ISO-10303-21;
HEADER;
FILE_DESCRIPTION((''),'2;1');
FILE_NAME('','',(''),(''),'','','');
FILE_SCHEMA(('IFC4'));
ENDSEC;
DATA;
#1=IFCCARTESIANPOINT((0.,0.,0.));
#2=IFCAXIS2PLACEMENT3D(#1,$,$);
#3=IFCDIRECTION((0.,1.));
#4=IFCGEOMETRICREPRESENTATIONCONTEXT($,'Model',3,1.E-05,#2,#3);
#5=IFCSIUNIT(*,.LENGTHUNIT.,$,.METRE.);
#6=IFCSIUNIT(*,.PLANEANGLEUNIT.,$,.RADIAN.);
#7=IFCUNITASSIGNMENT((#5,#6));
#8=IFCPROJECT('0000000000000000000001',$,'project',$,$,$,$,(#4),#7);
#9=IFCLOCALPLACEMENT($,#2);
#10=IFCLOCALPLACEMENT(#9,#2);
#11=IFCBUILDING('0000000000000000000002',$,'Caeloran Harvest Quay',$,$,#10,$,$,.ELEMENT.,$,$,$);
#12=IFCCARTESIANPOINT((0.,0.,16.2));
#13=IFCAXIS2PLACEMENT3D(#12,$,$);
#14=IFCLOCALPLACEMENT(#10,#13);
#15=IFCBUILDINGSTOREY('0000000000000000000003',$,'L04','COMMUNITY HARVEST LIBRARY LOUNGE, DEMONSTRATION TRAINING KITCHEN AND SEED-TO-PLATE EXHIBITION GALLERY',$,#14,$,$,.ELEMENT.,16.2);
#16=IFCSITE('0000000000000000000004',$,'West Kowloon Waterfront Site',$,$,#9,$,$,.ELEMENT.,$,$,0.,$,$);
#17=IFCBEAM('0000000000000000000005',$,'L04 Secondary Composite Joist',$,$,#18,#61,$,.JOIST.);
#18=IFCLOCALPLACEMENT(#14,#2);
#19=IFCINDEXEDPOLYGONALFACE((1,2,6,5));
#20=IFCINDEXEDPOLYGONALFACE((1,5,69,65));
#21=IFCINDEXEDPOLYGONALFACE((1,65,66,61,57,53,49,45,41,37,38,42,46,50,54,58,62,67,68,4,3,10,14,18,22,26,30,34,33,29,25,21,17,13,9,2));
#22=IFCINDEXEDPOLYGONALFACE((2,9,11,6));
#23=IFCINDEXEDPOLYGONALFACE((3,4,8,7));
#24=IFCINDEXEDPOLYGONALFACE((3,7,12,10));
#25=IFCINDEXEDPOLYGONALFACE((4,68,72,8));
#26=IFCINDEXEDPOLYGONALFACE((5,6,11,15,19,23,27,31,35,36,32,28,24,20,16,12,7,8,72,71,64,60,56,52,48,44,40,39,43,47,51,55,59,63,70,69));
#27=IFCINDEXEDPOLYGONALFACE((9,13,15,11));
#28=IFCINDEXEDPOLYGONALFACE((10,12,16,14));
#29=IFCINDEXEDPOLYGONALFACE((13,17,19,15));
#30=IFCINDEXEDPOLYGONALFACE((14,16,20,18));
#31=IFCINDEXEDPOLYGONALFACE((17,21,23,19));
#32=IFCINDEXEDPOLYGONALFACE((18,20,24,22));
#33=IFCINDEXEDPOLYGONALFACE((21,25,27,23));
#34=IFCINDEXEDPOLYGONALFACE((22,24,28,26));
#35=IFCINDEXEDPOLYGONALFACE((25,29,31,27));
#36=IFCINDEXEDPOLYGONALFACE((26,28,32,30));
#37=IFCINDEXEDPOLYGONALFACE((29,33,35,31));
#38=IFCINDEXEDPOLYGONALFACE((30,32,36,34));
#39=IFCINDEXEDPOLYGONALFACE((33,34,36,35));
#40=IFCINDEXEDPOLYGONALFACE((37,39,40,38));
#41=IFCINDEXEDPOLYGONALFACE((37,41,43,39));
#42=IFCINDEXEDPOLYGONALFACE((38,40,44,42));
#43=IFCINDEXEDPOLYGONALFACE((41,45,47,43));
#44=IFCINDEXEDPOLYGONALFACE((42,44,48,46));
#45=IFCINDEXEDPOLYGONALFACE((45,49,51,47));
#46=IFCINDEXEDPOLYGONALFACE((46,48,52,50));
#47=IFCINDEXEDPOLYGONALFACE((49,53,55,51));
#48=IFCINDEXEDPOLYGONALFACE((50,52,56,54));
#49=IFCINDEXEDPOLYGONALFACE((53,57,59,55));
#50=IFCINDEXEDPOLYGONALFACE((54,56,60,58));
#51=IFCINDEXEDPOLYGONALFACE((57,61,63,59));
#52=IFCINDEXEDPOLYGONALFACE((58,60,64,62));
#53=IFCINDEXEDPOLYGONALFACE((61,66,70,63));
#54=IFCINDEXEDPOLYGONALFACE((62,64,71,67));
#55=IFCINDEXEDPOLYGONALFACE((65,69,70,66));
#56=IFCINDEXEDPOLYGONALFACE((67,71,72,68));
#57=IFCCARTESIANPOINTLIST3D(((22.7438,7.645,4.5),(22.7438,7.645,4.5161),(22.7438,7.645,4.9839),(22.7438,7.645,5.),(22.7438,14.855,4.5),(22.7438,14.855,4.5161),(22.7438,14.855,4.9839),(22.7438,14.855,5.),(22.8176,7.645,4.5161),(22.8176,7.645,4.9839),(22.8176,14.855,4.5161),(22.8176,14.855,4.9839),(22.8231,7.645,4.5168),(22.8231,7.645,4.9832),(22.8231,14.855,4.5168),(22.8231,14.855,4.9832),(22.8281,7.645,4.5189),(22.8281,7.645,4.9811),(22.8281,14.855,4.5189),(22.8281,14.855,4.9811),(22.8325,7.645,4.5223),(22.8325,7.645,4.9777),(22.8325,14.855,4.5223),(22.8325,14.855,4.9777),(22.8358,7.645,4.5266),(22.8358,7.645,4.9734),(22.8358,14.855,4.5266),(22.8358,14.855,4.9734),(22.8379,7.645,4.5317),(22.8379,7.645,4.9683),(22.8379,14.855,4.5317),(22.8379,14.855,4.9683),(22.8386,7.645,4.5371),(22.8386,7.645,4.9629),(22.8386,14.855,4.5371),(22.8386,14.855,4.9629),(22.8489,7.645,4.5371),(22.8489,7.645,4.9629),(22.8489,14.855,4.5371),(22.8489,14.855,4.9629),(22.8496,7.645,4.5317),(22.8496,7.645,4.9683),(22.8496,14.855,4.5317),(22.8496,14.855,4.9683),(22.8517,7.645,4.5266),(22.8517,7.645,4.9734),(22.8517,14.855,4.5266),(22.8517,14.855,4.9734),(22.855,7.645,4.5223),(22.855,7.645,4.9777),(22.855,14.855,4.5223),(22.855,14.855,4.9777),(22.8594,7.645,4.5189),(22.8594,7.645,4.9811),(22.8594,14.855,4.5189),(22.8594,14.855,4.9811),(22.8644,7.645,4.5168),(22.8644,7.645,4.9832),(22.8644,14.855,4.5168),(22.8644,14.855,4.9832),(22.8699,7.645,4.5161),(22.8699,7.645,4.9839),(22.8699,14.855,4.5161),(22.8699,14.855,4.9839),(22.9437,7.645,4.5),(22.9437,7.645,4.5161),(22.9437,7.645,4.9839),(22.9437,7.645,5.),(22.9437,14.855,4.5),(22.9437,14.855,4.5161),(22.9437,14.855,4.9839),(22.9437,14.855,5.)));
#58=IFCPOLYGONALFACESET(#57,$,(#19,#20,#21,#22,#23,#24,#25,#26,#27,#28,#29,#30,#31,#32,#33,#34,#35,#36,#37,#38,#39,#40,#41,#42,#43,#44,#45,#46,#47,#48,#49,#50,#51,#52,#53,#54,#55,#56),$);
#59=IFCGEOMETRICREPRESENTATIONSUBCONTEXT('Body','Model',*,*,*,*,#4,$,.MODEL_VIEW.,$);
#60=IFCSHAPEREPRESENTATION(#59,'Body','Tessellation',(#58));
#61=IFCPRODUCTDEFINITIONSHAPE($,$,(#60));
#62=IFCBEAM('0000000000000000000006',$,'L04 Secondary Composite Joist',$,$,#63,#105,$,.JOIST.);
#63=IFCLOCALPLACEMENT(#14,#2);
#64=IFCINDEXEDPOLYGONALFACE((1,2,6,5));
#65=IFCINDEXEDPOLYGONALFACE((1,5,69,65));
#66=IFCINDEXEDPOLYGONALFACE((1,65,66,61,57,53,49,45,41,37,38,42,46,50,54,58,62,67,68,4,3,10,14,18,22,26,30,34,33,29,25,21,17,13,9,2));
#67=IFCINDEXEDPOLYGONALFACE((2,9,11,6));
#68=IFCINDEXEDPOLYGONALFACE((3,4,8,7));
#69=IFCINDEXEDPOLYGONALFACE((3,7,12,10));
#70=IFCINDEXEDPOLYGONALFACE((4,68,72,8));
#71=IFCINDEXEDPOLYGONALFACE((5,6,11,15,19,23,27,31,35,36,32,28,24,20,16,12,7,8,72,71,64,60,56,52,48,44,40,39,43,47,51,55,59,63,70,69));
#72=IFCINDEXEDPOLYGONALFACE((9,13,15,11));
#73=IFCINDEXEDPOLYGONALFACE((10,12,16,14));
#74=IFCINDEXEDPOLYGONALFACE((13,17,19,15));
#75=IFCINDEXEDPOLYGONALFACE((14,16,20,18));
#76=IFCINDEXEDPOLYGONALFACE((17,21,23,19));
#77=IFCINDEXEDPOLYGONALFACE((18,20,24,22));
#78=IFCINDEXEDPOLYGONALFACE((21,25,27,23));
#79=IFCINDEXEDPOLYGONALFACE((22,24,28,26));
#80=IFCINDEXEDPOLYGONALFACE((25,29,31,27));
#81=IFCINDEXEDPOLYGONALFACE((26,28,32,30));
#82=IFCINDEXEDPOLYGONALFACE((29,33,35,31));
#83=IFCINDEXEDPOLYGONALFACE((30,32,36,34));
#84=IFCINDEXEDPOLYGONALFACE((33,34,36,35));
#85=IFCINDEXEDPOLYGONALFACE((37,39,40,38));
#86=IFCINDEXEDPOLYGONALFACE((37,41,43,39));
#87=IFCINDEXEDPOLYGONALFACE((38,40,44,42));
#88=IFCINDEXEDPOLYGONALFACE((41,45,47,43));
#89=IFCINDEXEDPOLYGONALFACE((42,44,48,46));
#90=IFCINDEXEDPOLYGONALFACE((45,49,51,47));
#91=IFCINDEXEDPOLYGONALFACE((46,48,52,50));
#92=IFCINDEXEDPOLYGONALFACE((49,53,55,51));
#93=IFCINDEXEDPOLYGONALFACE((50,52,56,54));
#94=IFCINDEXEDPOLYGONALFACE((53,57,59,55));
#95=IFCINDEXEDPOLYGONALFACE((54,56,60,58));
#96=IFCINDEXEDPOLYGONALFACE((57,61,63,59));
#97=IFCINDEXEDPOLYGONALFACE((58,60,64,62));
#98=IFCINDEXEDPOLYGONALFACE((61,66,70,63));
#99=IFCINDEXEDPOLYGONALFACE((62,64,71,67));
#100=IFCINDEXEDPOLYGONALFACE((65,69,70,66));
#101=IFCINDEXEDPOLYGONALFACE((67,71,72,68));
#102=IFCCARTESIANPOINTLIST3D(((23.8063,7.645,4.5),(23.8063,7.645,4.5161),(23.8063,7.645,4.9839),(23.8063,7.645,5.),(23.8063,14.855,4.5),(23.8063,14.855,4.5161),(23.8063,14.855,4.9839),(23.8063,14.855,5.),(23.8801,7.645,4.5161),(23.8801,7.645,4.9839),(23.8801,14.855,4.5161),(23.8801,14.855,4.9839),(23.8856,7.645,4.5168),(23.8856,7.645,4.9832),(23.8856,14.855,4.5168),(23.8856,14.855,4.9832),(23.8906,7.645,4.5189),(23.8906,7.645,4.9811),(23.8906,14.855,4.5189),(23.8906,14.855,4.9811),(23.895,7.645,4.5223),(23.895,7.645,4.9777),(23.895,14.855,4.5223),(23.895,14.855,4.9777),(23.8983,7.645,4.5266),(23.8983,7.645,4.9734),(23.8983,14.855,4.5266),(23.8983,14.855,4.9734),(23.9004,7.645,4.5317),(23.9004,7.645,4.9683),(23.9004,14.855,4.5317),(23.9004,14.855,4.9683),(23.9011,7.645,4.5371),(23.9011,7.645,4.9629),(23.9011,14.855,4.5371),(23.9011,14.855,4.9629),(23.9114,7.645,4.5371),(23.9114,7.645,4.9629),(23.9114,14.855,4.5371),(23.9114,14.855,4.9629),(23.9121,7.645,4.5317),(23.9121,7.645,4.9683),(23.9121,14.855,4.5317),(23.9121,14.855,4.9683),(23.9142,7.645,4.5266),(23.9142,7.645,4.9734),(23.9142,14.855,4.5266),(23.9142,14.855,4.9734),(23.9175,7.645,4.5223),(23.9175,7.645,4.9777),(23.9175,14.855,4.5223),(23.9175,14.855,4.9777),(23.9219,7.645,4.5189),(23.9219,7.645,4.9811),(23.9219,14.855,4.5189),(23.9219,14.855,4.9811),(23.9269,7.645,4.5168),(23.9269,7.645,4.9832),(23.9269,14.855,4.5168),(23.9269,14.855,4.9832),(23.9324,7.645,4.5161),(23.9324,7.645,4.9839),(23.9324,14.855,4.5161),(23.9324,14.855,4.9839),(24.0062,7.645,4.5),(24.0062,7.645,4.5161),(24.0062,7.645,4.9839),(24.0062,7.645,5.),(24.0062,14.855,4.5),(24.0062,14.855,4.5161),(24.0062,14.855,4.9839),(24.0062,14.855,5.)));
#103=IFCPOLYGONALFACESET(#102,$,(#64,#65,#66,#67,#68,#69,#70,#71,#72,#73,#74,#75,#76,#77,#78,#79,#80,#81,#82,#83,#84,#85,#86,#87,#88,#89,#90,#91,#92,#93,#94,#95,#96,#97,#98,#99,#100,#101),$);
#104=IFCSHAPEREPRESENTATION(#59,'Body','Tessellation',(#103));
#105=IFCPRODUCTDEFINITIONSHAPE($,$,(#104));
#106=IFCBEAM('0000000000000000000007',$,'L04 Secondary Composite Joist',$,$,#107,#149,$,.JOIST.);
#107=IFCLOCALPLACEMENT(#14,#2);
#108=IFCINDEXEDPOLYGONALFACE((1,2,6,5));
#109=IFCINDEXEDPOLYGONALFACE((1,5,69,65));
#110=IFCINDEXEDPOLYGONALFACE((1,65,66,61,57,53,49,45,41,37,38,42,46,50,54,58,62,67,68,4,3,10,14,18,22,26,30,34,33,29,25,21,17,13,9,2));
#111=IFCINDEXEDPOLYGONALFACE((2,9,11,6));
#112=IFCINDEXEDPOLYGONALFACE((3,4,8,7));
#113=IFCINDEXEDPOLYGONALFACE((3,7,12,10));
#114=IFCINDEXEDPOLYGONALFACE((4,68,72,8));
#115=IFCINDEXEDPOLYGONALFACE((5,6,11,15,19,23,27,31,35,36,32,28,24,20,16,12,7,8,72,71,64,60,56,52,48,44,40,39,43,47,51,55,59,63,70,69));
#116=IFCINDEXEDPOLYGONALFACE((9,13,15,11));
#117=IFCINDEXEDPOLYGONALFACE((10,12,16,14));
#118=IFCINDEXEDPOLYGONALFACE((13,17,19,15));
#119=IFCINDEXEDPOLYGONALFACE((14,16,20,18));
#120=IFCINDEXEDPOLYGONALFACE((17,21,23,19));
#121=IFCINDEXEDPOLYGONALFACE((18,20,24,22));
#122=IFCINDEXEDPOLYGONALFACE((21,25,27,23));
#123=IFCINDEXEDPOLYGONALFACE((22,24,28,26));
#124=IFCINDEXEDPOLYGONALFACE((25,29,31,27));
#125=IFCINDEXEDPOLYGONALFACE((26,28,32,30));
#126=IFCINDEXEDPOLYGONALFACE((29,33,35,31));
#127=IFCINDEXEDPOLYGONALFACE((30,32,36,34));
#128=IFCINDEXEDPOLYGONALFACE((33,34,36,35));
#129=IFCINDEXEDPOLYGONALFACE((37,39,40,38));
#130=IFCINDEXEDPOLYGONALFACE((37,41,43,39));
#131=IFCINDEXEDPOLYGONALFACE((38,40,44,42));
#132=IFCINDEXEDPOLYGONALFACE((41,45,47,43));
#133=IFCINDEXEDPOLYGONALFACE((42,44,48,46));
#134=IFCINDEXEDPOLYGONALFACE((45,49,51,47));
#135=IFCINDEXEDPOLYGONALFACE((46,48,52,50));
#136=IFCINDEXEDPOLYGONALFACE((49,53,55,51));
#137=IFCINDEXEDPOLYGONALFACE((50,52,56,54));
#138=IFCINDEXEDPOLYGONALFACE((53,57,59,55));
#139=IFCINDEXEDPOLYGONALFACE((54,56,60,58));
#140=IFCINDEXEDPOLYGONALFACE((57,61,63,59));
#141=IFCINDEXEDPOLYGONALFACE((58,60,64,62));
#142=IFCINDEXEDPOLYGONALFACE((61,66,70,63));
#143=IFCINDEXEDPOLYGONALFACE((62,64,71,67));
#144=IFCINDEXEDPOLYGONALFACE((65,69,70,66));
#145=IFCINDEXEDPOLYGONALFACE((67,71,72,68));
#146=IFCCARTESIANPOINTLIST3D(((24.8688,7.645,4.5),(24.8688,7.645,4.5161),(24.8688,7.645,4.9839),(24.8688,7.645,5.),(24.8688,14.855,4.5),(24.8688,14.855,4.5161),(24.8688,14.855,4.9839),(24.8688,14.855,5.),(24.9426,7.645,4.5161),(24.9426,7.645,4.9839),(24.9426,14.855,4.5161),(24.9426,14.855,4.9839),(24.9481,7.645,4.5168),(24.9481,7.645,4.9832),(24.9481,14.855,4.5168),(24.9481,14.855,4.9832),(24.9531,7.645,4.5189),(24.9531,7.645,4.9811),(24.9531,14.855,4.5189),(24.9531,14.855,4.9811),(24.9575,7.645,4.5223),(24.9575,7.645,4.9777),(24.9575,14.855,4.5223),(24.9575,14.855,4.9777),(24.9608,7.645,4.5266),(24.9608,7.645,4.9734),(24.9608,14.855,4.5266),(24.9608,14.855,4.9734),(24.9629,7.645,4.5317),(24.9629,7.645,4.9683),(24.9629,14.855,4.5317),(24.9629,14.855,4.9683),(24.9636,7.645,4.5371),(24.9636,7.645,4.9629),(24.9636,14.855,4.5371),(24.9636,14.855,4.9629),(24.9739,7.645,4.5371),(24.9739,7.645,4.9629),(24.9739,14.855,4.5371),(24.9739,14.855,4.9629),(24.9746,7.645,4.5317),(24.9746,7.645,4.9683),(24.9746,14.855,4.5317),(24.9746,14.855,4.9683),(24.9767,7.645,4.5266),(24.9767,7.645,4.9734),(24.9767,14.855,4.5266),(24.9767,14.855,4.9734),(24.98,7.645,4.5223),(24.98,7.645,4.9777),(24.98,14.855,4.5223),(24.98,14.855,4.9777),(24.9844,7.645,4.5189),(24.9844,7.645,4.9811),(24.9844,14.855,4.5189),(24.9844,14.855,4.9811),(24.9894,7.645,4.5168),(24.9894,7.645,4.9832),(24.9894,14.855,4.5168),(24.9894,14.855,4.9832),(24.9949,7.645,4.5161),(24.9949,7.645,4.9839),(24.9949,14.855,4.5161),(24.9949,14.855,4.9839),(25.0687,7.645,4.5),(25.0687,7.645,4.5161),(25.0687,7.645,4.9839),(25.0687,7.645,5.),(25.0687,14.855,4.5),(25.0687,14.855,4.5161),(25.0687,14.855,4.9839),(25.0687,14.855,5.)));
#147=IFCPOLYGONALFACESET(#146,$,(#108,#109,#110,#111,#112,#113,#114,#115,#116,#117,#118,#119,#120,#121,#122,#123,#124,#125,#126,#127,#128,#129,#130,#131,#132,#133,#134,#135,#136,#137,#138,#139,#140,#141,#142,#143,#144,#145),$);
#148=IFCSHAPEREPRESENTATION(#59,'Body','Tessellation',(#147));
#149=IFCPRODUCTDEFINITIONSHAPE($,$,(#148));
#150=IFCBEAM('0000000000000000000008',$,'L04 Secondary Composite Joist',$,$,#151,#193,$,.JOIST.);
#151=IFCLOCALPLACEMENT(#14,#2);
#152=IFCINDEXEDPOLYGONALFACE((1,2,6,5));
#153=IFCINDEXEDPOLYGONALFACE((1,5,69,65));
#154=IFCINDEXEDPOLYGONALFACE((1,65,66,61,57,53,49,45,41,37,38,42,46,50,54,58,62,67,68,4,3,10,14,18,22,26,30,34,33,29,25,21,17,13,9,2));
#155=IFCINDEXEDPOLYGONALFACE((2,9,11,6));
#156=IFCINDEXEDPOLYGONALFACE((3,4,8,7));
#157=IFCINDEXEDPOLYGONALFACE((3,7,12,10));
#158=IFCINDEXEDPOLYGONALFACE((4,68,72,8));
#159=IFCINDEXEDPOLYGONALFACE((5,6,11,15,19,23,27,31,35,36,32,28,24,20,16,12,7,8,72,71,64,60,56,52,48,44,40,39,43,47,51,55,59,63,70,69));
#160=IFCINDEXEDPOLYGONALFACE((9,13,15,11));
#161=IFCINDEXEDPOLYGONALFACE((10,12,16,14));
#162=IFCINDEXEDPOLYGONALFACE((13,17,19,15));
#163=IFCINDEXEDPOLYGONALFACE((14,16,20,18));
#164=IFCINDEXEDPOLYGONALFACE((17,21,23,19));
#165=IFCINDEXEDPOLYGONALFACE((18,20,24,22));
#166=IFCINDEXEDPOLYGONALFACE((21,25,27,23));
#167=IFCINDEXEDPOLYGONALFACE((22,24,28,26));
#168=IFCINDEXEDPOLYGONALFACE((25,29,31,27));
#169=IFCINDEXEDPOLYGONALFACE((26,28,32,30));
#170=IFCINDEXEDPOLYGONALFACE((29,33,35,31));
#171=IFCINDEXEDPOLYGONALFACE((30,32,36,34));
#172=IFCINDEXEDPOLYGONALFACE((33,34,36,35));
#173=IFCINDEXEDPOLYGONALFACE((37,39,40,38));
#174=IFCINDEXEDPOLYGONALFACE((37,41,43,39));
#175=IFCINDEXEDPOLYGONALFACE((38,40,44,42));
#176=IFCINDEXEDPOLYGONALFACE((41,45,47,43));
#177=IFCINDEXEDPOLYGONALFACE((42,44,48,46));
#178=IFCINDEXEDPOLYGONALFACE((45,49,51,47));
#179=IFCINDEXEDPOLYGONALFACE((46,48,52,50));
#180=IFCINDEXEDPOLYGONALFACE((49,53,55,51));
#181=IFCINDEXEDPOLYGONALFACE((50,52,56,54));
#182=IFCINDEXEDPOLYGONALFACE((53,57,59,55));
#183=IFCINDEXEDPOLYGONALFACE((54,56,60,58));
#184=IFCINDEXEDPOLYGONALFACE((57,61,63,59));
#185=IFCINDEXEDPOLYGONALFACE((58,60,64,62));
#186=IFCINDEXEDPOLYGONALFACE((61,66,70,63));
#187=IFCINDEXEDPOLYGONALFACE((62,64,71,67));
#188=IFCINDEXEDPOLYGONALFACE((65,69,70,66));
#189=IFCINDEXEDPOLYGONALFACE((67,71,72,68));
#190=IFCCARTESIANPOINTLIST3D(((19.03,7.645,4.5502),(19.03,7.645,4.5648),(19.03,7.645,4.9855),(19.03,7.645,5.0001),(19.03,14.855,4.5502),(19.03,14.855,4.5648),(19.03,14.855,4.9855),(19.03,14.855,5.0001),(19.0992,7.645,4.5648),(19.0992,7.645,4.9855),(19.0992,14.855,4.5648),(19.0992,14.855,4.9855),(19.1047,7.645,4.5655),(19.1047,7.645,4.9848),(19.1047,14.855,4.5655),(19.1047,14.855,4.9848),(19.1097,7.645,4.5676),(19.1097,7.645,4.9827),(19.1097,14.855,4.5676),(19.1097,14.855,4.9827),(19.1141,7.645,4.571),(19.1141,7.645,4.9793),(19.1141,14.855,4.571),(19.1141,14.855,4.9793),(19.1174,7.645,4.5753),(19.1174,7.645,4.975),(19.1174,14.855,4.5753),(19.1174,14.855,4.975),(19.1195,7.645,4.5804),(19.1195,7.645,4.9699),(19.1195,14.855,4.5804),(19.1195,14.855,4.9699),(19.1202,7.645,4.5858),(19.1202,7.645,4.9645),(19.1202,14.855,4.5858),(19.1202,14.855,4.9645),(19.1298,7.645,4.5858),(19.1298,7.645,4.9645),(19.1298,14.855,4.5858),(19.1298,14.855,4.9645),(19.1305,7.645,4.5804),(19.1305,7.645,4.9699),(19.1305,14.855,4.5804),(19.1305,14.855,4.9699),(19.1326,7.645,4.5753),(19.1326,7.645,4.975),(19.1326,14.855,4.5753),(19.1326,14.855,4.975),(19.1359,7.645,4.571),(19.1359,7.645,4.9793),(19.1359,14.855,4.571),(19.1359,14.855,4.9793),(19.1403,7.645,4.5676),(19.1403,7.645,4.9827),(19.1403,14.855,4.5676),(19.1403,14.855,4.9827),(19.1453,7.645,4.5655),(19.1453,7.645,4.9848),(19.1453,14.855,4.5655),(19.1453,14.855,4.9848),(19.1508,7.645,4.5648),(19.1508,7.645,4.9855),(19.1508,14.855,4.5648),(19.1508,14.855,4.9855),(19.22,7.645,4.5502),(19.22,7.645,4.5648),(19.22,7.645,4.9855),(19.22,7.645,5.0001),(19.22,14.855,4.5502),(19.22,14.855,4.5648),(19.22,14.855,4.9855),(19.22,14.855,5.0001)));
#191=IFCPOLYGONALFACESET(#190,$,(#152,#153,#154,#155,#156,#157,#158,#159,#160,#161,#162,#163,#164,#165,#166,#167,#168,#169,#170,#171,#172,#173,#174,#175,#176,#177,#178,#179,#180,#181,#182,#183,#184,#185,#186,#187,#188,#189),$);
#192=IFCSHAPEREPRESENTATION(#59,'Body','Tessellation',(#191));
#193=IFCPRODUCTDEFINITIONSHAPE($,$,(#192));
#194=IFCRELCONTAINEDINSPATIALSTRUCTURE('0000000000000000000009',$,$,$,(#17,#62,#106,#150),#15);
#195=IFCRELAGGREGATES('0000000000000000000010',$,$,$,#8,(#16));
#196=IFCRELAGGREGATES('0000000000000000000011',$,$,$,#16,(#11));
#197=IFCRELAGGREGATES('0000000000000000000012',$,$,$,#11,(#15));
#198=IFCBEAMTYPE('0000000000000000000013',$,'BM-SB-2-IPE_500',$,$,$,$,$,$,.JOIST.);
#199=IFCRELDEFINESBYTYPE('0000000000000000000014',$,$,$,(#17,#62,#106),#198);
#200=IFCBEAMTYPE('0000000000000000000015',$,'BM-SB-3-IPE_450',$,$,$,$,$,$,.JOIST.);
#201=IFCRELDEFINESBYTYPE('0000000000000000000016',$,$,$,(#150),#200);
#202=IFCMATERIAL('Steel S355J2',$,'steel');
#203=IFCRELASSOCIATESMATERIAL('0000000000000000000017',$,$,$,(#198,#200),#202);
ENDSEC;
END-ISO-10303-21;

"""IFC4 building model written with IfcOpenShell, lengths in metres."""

from ifc_helpers import new_model, si_unit, direction, frame, origin, origin_2d, place, context, subcontext, project, spatial, i_section, extrude, material, material_profile, profile_set, type_object, element, save


model = new_model("IFC4")

# Units and contexts
model_context = context("Model", 3, precision=1e-05, world=origin(), true_north=direction((0.0, 1.0)))
body_context = subcontext(model_context, "Body", "Model", "MODEL_VIEW")
ifc_project = project(units=[si_unit("LENGTHUNIT", "METRE"), si_unit("PLANEANGLEUNIT", "RADIAN")], contexts=[model_context])

# Site, building, storey
site_placement = place(None, origin())
site = spatial("IfcSite", under=ifc_project, at=site_placement, Name="West Kowloon Waterfront Site", CompositionType="ELEMENT", RefElevation=0.0)
building_placement = place(site_placement, origin())
building = spatial("IfcBuilding", under=site, at=building_placement, Name="Caeloran Harvest Quay", CompositionType="ELEMENT")
storey_placement = place(building_placement, frame((0.0, 0.0, 16.2)))
storey = spatial("IfcBuildingStorey", under=building, at=storey_placement, Name="L04", Description="COMMUNITY HARVEST LIBRARY LOUNGE, DEMONSTRATION TRAINING KITCHEN AND SEED-TO-PLATE EXHIBITION GALLERY", CompositionType="ELEMENT", Elevation=16.2)

# Beams
ifc_material_1 = material(Name="Steel S355J2", Category="steel")
ifc_material_profile_1 = material_profile(ifc_material_1, i_section(OverallWidth=0.2, OverallDepth=0.5, WebThickness=0.0103, FlangeThickness=0.0161, FilletRadius=0.021, at=origin_2d()), Name="IPE 500")
ifc_profile_set_1 = profile_set([ifc_material_profile_1], Name="Steel S355J2")
beam_type_1 = type_object("IfcBeamType", Name="BM-SB-2-IPE_500", PredefinedType="JOIST", material=ifc_profile_set_1)
for number, where, z_axis, x_axis, name in (
    (1, (22.8438, 7.645, 4.75), (0.0, 1.0, 0.0), (-1.0, 0.0, 0.0), "L04 Secondary Composite Joist"),
    (2, (23.9062, 7.645, 4.75), (0.0, 1.0, 0.0), (-1.0, 0.0, 0.0), "L04 Secondary Composite Joist"),
    (3, (24.9688, 7.645, 4.75), (0.0, 1.0, 0.0), (-1.0, 0.0, 0.0), "L04 Secondary Composite Joist"),
):
    element("IfcBeam", number, at=place(storey_placement, frame(where, z_axis=z_axis, x_axis=x_axis)), inside=storey, type_object=beam_type_1, Name=name, PredefinedType="JOIST", context=body_context, shape_type="SweptSolid", body=[
        extrude(i_section(OverallWidth=0.2, OverallDepth=0.5, WebThickness=0.0103, FlangeThickness=0.0161, FilletRadius=0.021, at=origin_2d()), origin(), (0.0, 0.0, 1.0), 7.21),
    ])
ifc_material_profile_2 = material_profile(ifc_material_1, i_section(OverallWidth=0.1899, OverallDepth=0.45, WebThickness=0.0095, FlangeThickness=0.0146, FilletRadius=0.021, at=origin_2d()), Name="IPE 450")
ifc_profile_set_2 = profile_set([ifc_material_profile_2], Name="Steel S355J2")
beam_type_2 = type_object("IfcBeamType", Name="BM-SB-3-IPE_450", PredefinedType="JOIST", material=ifc_profile_set_2)
for number, where, z_axis, x_axis, name in (
    (4, (19.125, 7.645, 4.7751), (0.0, 1.0, 0.0), (-1.0, 0.0, 0.0), "L04 Secondary Composite Joist"),
):
    element("IfcBeam", number, at=place(storey_placement, frame(where, z_axis=z_axis, x_axis=x_axis)), inside=storey, type_object=beam_type_2, Name=name, PredefinedType="JOIST", context=body_context, shape_type="SweptSolid", body=[
        extrude(i_section(OverallWidth=0.1899, OverallDepth=0.45, WebThickness=0.0095, FlangeThickness=0.0146, FilletRadius=0.021, at=origin_2d()), origin(), (0.0, 0.0, 1.0), 7.21),
    ])

save(model, "model.ifc")
